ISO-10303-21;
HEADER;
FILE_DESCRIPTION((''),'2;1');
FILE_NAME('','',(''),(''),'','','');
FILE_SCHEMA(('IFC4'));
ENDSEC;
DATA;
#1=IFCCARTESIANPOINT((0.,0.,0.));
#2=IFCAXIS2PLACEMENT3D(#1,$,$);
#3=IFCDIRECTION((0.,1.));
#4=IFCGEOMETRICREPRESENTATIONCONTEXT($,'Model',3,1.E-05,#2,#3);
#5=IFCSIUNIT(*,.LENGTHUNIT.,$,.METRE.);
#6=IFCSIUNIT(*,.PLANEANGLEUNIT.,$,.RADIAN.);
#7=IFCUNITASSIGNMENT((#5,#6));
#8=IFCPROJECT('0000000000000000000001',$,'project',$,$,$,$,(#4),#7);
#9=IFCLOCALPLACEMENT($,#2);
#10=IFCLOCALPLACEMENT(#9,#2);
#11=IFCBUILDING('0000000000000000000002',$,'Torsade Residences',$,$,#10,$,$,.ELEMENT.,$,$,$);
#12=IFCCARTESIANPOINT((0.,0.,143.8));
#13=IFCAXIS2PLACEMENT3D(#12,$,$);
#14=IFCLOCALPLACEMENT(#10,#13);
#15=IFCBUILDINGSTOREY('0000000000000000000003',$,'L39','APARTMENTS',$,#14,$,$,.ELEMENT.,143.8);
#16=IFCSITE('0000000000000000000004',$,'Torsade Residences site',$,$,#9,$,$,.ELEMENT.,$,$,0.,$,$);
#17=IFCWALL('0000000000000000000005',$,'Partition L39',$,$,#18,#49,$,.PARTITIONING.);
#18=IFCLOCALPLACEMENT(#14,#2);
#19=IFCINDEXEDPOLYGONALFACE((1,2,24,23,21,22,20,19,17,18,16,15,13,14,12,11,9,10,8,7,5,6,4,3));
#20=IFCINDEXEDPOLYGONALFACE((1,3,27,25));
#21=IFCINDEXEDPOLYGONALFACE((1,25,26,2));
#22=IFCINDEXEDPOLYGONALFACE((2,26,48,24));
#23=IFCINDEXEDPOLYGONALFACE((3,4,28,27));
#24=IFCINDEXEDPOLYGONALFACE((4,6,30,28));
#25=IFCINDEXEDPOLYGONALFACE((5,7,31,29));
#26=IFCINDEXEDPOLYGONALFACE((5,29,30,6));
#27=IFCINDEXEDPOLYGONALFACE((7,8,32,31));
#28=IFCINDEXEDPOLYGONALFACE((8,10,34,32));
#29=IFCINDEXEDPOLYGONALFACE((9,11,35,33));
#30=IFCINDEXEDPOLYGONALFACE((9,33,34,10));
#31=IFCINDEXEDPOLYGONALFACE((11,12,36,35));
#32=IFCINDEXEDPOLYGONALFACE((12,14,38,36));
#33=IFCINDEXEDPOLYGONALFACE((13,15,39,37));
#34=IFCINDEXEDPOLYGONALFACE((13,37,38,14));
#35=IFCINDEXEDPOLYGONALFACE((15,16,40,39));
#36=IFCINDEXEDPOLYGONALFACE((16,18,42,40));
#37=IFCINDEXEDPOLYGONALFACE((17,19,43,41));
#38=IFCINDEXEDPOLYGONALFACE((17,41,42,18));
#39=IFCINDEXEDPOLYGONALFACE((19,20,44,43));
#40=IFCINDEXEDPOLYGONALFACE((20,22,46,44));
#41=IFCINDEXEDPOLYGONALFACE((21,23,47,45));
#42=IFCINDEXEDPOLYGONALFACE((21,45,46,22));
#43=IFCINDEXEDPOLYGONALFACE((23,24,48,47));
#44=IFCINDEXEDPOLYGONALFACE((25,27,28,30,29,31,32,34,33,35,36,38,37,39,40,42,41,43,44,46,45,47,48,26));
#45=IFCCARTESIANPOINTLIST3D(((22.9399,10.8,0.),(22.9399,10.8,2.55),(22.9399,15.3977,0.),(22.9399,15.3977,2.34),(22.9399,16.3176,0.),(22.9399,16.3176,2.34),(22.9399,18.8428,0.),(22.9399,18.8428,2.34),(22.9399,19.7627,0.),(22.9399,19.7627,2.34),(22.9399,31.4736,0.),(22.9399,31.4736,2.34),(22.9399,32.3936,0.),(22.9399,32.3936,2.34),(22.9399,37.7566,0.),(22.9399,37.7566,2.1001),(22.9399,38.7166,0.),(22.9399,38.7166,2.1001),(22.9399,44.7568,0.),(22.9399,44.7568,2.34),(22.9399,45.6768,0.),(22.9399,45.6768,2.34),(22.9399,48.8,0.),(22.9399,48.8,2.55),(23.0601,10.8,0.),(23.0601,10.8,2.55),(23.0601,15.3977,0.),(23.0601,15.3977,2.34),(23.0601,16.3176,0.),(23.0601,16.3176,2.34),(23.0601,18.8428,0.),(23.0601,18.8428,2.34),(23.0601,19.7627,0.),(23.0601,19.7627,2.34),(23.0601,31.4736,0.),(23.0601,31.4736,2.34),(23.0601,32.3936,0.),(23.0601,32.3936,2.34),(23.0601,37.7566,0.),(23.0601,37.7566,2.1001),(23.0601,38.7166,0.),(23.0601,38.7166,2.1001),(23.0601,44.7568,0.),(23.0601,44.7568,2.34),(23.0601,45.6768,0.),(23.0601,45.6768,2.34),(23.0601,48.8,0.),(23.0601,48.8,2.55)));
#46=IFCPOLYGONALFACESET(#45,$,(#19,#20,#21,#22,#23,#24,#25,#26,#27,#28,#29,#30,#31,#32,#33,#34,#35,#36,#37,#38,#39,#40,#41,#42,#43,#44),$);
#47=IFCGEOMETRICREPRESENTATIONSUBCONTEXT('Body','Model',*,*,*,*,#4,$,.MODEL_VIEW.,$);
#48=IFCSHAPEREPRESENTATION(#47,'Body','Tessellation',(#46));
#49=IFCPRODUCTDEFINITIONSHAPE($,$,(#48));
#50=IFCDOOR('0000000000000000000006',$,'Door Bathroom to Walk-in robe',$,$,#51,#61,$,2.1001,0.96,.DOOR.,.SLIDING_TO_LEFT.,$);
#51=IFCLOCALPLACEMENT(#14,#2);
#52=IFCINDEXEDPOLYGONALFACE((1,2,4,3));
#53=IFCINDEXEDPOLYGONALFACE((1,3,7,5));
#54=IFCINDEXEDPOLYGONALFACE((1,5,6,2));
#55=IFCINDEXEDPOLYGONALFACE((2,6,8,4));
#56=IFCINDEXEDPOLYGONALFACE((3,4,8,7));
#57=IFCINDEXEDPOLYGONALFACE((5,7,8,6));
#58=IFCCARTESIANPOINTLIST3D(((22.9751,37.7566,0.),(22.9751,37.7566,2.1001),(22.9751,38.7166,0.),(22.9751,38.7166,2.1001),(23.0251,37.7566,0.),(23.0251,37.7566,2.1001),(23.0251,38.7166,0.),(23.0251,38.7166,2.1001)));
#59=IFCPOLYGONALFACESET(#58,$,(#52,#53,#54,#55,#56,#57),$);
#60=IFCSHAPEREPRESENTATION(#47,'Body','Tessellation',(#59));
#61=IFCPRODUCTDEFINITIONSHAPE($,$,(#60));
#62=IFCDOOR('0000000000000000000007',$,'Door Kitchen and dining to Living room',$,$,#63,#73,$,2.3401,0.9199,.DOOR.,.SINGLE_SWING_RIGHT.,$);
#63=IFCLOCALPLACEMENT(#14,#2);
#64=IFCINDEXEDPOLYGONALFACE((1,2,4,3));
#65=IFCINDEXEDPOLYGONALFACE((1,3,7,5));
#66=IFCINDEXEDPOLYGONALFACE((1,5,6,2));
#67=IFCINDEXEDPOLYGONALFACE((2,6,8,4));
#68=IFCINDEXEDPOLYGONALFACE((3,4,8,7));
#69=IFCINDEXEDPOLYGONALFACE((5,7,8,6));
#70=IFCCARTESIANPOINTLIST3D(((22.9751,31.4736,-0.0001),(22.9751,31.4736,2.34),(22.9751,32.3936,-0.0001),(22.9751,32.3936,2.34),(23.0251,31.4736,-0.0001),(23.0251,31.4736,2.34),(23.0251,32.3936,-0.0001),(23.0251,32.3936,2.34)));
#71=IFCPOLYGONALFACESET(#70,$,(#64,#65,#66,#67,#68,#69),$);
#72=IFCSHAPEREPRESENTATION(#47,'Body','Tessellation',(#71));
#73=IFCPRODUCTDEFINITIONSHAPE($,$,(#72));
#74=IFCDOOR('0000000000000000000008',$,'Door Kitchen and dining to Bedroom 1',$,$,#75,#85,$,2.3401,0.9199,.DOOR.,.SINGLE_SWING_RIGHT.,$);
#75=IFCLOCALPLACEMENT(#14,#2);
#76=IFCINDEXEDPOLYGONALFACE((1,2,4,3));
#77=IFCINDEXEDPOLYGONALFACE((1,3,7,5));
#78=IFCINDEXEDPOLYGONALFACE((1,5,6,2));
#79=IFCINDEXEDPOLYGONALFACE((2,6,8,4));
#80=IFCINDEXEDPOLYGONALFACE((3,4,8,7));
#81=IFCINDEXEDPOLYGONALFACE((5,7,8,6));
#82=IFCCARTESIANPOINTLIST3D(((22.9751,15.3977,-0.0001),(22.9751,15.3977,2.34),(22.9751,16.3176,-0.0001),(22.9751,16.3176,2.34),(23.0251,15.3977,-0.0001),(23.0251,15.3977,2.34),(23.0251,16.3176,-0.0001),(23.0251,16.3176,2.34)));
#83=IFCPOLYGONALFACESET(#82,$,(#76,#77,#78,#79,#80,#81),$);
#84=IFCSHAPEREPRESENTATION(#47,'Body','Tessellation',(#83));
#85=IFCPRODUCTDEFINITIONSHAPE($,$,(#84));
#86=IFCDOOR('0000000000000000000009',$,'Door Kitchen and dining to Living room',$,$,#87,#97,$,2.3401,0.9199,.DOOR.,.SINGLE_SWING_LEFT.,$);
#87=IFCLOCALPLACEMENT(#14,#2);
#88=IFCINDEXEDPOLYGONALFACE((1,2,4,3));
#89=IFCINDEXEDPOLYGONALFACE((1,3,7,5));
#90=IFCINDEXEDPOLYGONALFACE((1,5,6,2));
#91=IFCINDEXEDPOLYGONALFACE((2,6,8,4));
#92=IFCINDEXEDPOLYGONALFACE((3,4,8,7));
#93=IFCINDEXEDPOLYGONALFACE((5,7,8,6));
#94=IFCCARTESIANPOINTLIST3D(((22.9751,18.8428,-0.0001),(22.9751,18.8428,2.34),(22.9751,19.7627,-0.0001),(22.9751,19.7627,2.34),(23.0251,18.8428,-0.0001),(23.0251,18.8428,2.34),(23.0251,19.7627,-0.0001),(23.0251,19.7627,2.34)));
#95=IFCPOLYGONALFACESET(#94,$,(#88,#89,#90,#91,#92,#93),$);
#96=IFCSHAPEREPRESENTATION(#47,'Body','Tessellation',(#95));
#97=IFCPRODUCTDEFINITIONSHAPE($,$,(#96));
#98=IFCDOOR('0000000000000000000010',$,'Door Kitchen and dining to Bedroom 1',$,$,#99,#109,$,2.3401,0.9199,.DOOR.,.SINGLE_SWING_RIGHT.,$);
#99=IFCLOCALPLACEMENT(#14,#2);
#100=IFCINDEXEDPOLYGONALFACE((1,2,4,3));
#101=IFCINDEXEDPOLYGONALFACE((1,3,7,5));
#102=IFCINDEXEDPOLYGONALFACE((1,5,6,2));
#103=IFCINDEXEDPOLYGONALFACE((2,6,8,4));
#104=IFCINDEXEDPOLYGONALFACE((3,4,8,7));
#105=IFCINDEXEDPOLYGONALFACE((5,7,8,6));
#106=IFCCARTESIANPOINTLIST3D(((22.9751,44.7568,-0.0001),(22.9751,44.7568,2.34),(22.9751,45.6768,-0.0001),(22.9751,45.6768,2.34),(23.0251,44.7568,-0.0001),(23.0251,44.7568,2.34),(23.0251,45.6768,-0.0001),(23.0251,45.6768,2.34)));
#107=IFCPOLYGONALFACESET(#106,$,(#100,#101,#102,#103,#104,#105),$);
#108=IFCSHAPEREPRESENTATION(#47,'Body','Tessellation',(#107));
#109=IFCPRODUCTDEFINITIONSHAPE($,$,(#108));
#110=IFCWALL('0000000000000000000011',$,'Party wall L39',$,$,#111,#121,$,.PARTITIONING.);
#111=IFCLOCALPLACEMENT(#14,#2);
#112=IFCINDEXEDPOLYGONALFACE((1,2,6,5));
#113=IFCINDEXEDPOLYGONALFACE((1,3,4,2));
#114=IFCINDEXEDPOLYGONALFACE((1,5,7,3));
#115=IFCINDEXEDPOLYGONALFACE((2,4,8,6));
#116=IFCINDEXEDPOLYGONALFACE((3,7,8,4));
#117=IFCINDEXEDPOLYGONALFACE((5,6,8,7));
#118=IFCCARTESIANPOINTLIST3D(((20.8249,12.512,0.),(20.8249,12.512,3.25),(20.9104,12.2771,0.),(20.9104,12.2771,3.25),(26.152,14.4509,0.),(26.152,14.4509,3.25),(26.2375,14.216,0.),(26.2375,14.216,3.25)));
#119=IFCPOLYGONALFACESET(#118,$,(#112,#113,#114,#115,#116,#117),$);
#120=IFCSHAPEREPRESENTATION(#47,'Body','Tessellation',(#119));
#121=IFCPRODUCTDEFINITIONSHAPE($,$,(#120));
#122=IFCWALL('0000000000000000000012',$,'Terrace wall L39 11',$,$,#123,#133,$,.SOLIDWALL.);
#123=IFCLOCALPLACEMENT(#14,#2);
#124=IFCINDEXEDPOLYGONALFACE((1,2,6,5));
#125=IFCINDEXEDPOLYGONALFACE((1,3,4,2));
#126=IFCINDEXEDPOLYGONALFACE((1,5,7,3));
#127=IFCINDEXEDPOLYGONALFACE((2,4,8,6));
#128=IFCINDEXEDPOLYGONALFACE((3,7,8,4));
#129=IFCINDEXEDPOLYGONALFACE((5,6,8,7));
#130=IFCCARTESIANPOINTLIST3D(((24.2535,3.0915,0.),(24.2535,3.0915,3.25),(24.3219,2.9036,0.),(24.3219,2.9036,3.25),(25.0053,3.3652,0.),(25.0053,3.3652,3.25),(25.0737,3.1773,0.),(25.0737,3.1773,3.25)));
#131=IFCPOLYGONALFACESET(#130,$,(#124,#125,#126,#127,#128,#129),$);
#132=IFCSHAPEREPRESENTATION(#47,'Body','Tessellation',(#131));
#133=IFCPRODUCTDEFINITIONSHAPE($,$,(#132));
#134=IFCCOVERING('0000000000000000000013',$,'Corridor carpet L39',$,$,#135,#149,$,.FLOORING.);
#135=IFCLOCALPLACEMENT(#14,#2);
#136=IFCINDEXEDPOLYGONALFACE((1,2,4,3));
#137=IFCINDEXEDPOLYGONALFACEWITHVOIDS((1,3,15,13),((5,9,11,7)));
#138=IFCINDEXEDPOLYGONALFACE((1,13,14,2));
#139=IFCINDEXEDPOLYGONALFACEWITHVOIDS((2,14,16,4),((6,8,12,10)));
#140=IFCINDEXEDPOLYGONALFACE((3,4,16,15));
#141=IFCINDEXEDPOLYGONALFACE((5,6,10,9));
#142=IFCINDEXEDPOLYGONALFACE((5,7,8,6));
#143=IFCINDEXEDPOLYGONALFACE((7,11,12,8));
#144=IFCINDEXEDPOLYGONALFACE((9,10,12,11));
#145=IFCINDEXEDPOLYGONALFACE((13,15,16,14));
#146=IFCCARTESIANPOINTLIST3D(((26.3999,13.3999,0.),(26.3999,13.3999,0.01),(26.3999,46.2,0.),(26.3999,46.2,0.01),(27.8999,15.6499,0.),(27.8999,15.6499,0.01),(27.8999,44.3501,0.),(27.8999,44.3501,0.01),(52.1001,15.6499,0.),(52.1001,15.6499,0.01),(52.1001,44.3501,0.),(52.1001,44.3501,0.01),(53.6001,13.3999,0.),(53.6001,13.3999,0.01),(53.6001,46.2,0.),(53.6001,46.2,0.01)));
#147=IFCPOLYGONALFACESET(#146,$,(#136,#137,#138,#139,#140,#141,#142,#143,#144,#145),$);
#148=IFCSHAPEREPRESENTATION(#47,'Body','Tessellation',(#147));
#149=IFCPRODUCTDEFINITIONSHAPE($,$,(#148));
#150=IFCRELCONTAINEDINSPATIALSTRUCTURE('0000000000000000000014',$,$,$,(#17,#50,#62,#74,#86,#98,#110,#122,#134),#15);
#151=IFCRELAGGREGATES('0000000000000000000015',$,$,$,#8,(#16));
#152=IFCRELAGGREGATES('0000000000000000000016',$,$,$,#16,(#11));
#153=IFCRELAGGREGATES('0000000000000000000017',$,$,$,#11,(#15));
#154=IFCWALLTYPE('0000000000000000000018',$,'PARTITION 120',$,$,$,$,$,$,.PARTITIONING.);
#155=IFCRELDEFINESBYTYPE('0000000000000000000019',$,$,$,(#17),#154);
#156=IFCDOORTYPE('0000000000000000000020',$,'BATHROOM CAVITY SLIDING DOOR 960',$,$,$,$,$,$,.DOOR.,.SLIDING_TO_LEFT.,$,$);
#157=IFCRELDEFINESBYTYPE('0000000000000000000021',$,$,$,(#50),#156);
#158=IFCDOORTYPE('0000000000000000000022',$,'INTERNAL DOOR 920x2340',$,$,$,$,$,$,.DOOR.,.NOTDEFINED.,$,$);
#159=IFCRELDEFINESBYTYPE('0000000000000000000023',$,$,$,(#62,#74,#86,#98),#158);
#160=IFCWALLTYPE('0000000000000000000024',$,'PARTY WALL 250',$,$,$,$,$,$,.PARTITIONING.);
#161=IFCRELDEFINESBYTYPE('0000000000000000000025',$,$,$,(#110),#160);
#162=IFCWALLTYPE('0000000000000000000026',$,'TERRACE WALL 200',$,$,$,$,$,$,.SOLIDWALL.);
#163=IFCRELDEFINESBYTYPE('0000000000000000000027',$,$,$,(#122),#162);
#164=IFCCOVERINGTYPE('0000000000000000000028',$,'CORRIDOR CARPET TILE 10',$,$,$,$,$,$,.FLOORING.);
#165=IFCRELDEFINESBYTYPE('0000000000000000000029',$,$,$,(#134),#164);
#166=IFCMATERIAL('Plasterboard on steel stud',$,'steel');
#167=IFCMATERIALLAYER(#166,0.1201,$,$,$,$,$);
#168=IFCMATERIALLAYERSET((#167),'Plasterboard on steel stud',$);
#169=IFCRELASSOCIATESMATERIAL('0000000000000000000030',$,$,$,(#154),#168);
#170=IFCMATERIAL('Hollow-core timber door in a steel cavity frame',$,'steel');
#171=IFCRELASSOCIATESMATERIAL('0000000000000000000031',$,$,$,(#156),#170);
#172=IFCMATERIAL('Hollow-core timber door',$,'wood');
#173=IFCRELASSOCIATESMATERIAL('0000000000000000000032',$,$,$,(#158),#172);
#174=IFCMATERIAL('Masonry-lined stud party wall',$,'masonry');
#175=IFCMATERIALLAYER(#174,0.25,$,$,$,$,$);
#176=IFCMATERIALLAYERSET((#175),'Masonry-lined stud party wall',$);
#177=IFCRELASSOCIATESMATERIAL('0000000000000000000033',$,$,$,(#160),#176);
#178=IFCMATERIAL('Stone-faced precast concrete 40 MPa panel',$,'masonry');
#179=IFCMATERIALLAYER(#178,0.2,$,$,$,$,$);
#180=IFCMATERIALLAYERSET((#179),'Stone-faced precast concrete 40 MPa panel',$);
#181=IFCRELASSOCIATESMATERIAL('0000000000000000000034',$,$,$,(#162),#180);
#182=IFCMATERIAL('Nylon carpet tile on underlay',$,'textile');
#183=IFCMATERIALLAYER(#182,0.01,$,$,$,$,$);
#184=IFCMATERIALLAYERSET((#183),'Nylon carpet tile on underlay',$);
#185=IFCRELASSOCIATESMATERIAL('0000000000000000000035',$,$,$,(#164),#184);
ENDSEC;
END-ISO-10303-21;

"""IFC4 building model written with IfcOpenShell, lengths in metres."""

from ifc_helpers import new_model, si_unit, direction, frame, frame_2d, origin, place, context, subcontext, project, spatial, polyline, rectangle, outline, extrude, material, layer, layer_set, type_object, element, fill, save


model = new_model("IFC4")

# Units and contexts
model_context = context("Model", 3, precision=1e-05, world=origin(), true_north=direction((0.0, 1.0)))
body_context = subcontext(model_context, "Body", "Model", "MODEL_VIEW")
ifc_project = project(units=[si_unit("LENGTHUNIT", "METRE"), si_unit("PLANEANGLEUNIT", "RADIAN")], contexts=[model_context])

# Site, building, storey
site_placement = place(None, origin())
site = spatial("IfcSite", under=ifc_project, at=site_placement, Name="Torsade Residences site", CompositionType="ELEMENT", RefElevation=0.0)
building_placement = place(site_placement, origin())
building = spatial("IfcBuilding", under=site, at=building_placement, Name="Torsade Residences", CompositionType="ELEMENT")
storey_placement = place(building_placement, frame((0.0, 0.0, 143.8)))
storey = spatial("IfcBuildingStorey", under=building, at=storey_placement, Name="L39", Description="APARTMENTS", CompositionType="ELEMENT", Elevation=143.8)

# Wall, openings, doors
ifc_material_1 = material(Name="Plasterboard on steel stud", Category="steel")
ifc_layer_1 = layer(ifc_material_1, 0.1201)
ifc_layer_set_1 = layer_set([ifc_layer_1], Name="Plasterboard on steel stud")
wall_type_1 = type_object("IfcWallType", Name="PARTITION 120", PredefinedType="PARTITIONING", material=ifc_layer_set_1)
wall_1_placement = place(storey_placement, frame((23.0, 10.8, 0.0), z_axis=(0.0, 0.0, 1.0), x_axis=(0.0, 1.0, 0.0)))
wall_1 = element("IfcWall", 1, at=wall_1_placement, inside=storey, type_object=wall_type_1, Name="Partition L39", PredefinedType="PARTITIONING", context=body_context, shape_type="SweptSolid", body=[
    extrude(rectangle(XDim=38.0, YDim=0.1201, at=frame_2d((19.0, 0.0))), origin(), (0.0, 0.0, 1.0), 2.55),
])
opening_1_placement = place(wall_1_placement, frame((20.6736, 0.0, 0.0)))
opening_1 = element("IfcOpeningElement", 2, at=opening_1_placement, cuts=wall_1, PredefinedType="OPENING", context=body_context, shape_type="SweptSolid", body=[
    extrude(rectangle(XDim=0.9199, YDim=2.3401, at=frame_2d((0.46, 1.1699))), frame((0.0, 0.0701, 0.0), z_axis=(0.0, -1.0, 0.0), x_axis=(1.0, 0.0, 0.0)), (0.0, 0.0, 1.0), 0.1401),
])
opening_2_placement = place(wall_1_placement, frame((4.5977, 0.0, 0.0)))
opening_2 = element("IfcOpeningElement", 3, at=opening_2_placement, cuts=wall_1, PredefinedType="OPENING", context=body_context, shape_type="SweptSolid", body=[
    extrude(rectangle(XDim=0.9199, YDim=2.3401, at=frame_2d((0.46, 1.1699))), frame((0.0, 0.0701, 0.0), z_axis=(0.0, -1.0, 0.0), x_axis=(1.0, 0.0, 0.0)), (0.0, 0.0, 1.0), 0.1401),
])
opening_3_placement = place(wall_1_placement, frame((8.0427, 0.0, 0.0)))
opening_3 = element("IfcOpeningElement", 4, at=opening_3_placement, cuts=wall_1, PredefinedType="OPENING", context=body_context, shape_type="SweptSolid", body=[
    extrude(rectangle(XDim=0.9199, YDim=2.3401, at=frame_2d((0.46, 1.1699))), frame((0.0, 0.0701, 0.0), z_axis=(0.0, -1.0, 0.0), x_axis=(1.0, 0.0, 0.0)), (0.0, 0.0, 1.0), 0.1401),
])
opening_4_placement = place(wall_1_placement, frame((33.9568, 0.0, 0.0)))
opening_4 = element("IfcOpeningElement", 5, at=opening_4_placement, cuts=wall_1, PredefinedType="OPENING", context=body_context, shape_type="SweptSolid", body=[
    extrude(rectangle(XDim=0.9199, YDim=2.3401, at=frame_2d((0.46, 1.1699))), frame((0.0, 0.0701, 0.0), z_axis=(0.0, -1.0, 0.0), x_axis=(1.0, 0.0, 0.0)), (0.0, 0.0, 1.0), 0.1401),
])
opening_5_placement = place(wall_1_placement, frame((26.9565, 0.0, 0.0)))
opening_5 = element("IfcOpeningElement", 6, at=opening_5_placement, cuts=wall_1, PredefinedType="OPENING", context=body_context, shape_type="SweptSolid", body=[
    extrude(rectangle(XDim=0.96, YDim=2.1001, at=frame_2d((0.48, 1.05))), frame((0.0, 0.0701, 0.0), z_axis=(0.0, -1.0, 0.0), x_axis=(1.0, 0.0, 0.0)), (0.0, 0.0, 1.0), 0.1401),
])
ifc_material_2 = material(Name="Hollow-core timber door in a steel cavity frame", Category="steel")
door_type_1 = type_object("IfcDoorType", Name="BATHROOM CAVITY SLIDING DOOR 960", OperationType="SLIDING_TO_LEFT", PredefinedType="DOOR", material=ifc_material_2)
door_1_placement = place(opening_5_placement, origin())
door_1 = element("IfcDoor", 7, at=door_1_placement, inside=storey, type_object=door_type_1, Name="Door Bathroom to Walk-in robe", OperationType="SLIDING_TO_LEFT", OverallHeight=2.1001, OverallWidth=0.96, PredefinedType="DOOR", context=body_context, shape_type="SweptSolid", body=[
    extrude(rectangle(XDim=0.96, YDim=2.1001, at=frame_2d((0.48, 1.05))), frame((0.0, 0.0249, 0.0), z_axis=(0.0, -1.0, 0.0), x_axis=(1.0, 0.0, 0.0)), (0.0, 0.0, 1.0), 0.05),
])
fill(opening_5, door_1)
ifc_material_3 = material(Name="Hollow-core timber door", Category="wood")
door_type_2 = type_object("IfcDoorType", Name="INTERNAL DOOR 920x2340", OperationType="NOTDEFINED", PredefinedType="DOOR", material=ifc_material_3)
door_2_placement = place(opening_1_placement, origin())
door_2 = element("IfcDoor", 8, at=door_2_placement, inside=storey, type_object=door_type_2, Name="Door Kitchen and dining to Living room", OperationType="SINGLE_SWING_RIGHT", OverallHeight=2.3401, OverallWidth=0.9199, PredefinedType="DOOR", context=body_context, shape_type="SweptSolid", body=[
    extrude(rectangle(XDim=0.9199, YDim=2.3401, at=frame_2d((0.46, 1.1699))), frame((0.0, 0.0249, 0.0), z_axis=(0.0, -1.0, 0.0), x_axis=(1.0, 0.0, 0.0)), (0.0, 0.0, 1.0), 0.05),
])
fill(opening_1, door_2)
door_3_placement = place(opening_2_placement, origin())
door_3 = element("IfcDoor", 9, at=door_3_placement, inside=storey, type_object=door_type_2, Name="Door Kitchen and dining to Bedroom 1", OperationType="SINGLE_SWING_RIGHT", OverallHeight=2.3401, OverallWidth=0.9199, PredefinedType="DOOR", context=body_context, shape_type="SweptSolid", body=[
    extrude(rectangle(XDim=0.9199, YDim=2.3401, at=frame_2d((0.46, 1.1699))), frame((0.0, 0.0249, 0.0), z_axis=(0.0, -1.0, 0.0), x_axis=(1.0, 0.0, 0.0)), (0.0, 0.0, 1.0), 0.05),
])
fill(opening_2, door_3)
door_4_placement = place(opening_3_placement, origin())
door_4 = element("IfcDoor", 10, at=door_4_placement, inside=storey, type_object=door_type_2, Name="Door Kitchen and dining to Living room", OperationType="SINGLE_SWING_LEFT", OverallHeight=2.3401, OverallWidth=0.9199, PredefinedType="DOOR", context=body_context, shape_type="SweptSolid", body=[
    extrude(rectangle(XDim=0.9199, YDim=2.3401, at=frame_2d((0.46, 1.1699))), frame((0.0, 0.0249, 0.0), z_axis=(0.0, -1.0, 0.0), x_axis=(1.0, 0.0, 0.0)), (0.0, 0.0, 1.0), 0.05),
])
fill(opening_3, door_4)
door_5_placement = place(opening_4_placement, origin())
door_5 = element("IfcDoor", 11, at=door_5_placement, inside=storey, type_object=door_type_2, Name="Door Kitchen and dining to Bedroom 1", OperationType="SINGLE_SWING_RIGHT", OverallHeight=2.3401, OverallWidth=0.9199, PredefinedType="DOOR", context=body_context, shape_type="SweptSolid", body=[
    extrude(rectangle(XDim=0.9199, YDim=2.3401, at=frame_2d((0.46, 1.1699))), frame((0.0, 0.0249, 0.0), z_axis=(0.0, -1.0, 0.0), x_axis=(1.0, 0.0, 0.0)), (0.0, 0.0, 1.0), 0.05),
])
fill(opening_4, door_5)

# Walls
ifc_material_4 = material(Name="Masonry-lined stud party wall", Category="masonry")
ifc_layer_2 = layer(ifc_material_4, 0.25)
ifc_layer_set_2 = layer_set([ifc_layer_2], Name="Masonry-lined stud party wall")
wall_type_2 = type_object("IfcWallType", Name="PARTY WALL 250", PredefinedType="PARTITIONING", material=ifc_layer_set_2)
wall_2_placement = place(storey_placement, frame((20.8677, 12.3945, 0.0), z_axis=(0.0, 0.0, 1.0), x_axis=(0.93969, 0.342027, 0.0)))
element("IfcWall", 12, at=wall_2_placement, inside=storey, type_object=wall_type_2, Name="Party wall L39", PredefinedType="PARTITIONING", context=body_context, shape_type="SweptSolid", body=[
    extrude(rectangle(XDim=5.6689, YDim=0.25, at=frame_2d((2.8345, 0.0))), origin(), (0.0, 0.0, 1.0), 3.25),
])
ifc_material_5 = material(Name="Stone-faced precast concrete 40 MPa panel", Category="masonry")
ifc_layer_3 = layer(ifc_material_5, 0.2)
ifc_layer_set_3 = layer_set([ifc_layer_3], Name="Stone-faced precast concrete 40 MPa panel")
wall_type_3 = type_object("IfcWallType", Name="TERRACE WALL 200", PredefinedType="SOLIDWALL", material=ifc_layer_set_3)
wall_3_placement = place(storey_placement, frame((24.2878, 2.9976, 0.0), z_axis=(0.0, 0.0, 1.0), x_axis=(0.93966, 0.342111, 0.0)))
element("IfcWall", 13, at=wall_3_placement, inside=storey, type_object=wall_type_3, Name="Terrace wall L39 11", PredefinedType="SOLIDWALL", context=body_context, shape_type="SweptSolid", body=[
    extrude(rectangle(XDim=0.8, YDim=0.2, at=frame_2d((0.3999, 0.0))), origin(), (0.0, 0.0, 1.0), 3.25),
])

# Covering
ifc_material_6 = material(Name="Nylon carpet tile on underlay", Category="textile")
ifc_layer_4 = layer(ifc_material_6, 0.01)
ifc_layer_set_4 = layer_set([ifc_layer_4], Name="Nylon carpet tile on underlay")
covering_type_1 = type_object("IfcCoveringType", Name="CORRIDOR CARPET TILE 10", PredefinedType="FLOORING", material=ifc_layer_set_4)
covering_1_placement = place(storey_placement, origin())
element("IfcCovering", 14, at=covering_1_placement, inside=storey, type_object=covering_type_1, Name="Corridor carpet L39", PredefinedType="FLOORING", context=body_context, shape_type="SweptSolid", body=[
    extrude(outline(polyline([(26.3999, 46.2), (26.3999, 13.3999), (53.6001, 13.3999), (53.6001, 46.2), (26.3999, 46.2)]), holes=[polyline([(52.1001, 44.3501), (27.8999, 44.3501), (27.8999, 15.6499), (52.1001, 15.6499), (52.1001, 44.3501)])]), origin(), (0.0, 0.0, 1.0), 0.01),
])

save(model, "model.ifc")
